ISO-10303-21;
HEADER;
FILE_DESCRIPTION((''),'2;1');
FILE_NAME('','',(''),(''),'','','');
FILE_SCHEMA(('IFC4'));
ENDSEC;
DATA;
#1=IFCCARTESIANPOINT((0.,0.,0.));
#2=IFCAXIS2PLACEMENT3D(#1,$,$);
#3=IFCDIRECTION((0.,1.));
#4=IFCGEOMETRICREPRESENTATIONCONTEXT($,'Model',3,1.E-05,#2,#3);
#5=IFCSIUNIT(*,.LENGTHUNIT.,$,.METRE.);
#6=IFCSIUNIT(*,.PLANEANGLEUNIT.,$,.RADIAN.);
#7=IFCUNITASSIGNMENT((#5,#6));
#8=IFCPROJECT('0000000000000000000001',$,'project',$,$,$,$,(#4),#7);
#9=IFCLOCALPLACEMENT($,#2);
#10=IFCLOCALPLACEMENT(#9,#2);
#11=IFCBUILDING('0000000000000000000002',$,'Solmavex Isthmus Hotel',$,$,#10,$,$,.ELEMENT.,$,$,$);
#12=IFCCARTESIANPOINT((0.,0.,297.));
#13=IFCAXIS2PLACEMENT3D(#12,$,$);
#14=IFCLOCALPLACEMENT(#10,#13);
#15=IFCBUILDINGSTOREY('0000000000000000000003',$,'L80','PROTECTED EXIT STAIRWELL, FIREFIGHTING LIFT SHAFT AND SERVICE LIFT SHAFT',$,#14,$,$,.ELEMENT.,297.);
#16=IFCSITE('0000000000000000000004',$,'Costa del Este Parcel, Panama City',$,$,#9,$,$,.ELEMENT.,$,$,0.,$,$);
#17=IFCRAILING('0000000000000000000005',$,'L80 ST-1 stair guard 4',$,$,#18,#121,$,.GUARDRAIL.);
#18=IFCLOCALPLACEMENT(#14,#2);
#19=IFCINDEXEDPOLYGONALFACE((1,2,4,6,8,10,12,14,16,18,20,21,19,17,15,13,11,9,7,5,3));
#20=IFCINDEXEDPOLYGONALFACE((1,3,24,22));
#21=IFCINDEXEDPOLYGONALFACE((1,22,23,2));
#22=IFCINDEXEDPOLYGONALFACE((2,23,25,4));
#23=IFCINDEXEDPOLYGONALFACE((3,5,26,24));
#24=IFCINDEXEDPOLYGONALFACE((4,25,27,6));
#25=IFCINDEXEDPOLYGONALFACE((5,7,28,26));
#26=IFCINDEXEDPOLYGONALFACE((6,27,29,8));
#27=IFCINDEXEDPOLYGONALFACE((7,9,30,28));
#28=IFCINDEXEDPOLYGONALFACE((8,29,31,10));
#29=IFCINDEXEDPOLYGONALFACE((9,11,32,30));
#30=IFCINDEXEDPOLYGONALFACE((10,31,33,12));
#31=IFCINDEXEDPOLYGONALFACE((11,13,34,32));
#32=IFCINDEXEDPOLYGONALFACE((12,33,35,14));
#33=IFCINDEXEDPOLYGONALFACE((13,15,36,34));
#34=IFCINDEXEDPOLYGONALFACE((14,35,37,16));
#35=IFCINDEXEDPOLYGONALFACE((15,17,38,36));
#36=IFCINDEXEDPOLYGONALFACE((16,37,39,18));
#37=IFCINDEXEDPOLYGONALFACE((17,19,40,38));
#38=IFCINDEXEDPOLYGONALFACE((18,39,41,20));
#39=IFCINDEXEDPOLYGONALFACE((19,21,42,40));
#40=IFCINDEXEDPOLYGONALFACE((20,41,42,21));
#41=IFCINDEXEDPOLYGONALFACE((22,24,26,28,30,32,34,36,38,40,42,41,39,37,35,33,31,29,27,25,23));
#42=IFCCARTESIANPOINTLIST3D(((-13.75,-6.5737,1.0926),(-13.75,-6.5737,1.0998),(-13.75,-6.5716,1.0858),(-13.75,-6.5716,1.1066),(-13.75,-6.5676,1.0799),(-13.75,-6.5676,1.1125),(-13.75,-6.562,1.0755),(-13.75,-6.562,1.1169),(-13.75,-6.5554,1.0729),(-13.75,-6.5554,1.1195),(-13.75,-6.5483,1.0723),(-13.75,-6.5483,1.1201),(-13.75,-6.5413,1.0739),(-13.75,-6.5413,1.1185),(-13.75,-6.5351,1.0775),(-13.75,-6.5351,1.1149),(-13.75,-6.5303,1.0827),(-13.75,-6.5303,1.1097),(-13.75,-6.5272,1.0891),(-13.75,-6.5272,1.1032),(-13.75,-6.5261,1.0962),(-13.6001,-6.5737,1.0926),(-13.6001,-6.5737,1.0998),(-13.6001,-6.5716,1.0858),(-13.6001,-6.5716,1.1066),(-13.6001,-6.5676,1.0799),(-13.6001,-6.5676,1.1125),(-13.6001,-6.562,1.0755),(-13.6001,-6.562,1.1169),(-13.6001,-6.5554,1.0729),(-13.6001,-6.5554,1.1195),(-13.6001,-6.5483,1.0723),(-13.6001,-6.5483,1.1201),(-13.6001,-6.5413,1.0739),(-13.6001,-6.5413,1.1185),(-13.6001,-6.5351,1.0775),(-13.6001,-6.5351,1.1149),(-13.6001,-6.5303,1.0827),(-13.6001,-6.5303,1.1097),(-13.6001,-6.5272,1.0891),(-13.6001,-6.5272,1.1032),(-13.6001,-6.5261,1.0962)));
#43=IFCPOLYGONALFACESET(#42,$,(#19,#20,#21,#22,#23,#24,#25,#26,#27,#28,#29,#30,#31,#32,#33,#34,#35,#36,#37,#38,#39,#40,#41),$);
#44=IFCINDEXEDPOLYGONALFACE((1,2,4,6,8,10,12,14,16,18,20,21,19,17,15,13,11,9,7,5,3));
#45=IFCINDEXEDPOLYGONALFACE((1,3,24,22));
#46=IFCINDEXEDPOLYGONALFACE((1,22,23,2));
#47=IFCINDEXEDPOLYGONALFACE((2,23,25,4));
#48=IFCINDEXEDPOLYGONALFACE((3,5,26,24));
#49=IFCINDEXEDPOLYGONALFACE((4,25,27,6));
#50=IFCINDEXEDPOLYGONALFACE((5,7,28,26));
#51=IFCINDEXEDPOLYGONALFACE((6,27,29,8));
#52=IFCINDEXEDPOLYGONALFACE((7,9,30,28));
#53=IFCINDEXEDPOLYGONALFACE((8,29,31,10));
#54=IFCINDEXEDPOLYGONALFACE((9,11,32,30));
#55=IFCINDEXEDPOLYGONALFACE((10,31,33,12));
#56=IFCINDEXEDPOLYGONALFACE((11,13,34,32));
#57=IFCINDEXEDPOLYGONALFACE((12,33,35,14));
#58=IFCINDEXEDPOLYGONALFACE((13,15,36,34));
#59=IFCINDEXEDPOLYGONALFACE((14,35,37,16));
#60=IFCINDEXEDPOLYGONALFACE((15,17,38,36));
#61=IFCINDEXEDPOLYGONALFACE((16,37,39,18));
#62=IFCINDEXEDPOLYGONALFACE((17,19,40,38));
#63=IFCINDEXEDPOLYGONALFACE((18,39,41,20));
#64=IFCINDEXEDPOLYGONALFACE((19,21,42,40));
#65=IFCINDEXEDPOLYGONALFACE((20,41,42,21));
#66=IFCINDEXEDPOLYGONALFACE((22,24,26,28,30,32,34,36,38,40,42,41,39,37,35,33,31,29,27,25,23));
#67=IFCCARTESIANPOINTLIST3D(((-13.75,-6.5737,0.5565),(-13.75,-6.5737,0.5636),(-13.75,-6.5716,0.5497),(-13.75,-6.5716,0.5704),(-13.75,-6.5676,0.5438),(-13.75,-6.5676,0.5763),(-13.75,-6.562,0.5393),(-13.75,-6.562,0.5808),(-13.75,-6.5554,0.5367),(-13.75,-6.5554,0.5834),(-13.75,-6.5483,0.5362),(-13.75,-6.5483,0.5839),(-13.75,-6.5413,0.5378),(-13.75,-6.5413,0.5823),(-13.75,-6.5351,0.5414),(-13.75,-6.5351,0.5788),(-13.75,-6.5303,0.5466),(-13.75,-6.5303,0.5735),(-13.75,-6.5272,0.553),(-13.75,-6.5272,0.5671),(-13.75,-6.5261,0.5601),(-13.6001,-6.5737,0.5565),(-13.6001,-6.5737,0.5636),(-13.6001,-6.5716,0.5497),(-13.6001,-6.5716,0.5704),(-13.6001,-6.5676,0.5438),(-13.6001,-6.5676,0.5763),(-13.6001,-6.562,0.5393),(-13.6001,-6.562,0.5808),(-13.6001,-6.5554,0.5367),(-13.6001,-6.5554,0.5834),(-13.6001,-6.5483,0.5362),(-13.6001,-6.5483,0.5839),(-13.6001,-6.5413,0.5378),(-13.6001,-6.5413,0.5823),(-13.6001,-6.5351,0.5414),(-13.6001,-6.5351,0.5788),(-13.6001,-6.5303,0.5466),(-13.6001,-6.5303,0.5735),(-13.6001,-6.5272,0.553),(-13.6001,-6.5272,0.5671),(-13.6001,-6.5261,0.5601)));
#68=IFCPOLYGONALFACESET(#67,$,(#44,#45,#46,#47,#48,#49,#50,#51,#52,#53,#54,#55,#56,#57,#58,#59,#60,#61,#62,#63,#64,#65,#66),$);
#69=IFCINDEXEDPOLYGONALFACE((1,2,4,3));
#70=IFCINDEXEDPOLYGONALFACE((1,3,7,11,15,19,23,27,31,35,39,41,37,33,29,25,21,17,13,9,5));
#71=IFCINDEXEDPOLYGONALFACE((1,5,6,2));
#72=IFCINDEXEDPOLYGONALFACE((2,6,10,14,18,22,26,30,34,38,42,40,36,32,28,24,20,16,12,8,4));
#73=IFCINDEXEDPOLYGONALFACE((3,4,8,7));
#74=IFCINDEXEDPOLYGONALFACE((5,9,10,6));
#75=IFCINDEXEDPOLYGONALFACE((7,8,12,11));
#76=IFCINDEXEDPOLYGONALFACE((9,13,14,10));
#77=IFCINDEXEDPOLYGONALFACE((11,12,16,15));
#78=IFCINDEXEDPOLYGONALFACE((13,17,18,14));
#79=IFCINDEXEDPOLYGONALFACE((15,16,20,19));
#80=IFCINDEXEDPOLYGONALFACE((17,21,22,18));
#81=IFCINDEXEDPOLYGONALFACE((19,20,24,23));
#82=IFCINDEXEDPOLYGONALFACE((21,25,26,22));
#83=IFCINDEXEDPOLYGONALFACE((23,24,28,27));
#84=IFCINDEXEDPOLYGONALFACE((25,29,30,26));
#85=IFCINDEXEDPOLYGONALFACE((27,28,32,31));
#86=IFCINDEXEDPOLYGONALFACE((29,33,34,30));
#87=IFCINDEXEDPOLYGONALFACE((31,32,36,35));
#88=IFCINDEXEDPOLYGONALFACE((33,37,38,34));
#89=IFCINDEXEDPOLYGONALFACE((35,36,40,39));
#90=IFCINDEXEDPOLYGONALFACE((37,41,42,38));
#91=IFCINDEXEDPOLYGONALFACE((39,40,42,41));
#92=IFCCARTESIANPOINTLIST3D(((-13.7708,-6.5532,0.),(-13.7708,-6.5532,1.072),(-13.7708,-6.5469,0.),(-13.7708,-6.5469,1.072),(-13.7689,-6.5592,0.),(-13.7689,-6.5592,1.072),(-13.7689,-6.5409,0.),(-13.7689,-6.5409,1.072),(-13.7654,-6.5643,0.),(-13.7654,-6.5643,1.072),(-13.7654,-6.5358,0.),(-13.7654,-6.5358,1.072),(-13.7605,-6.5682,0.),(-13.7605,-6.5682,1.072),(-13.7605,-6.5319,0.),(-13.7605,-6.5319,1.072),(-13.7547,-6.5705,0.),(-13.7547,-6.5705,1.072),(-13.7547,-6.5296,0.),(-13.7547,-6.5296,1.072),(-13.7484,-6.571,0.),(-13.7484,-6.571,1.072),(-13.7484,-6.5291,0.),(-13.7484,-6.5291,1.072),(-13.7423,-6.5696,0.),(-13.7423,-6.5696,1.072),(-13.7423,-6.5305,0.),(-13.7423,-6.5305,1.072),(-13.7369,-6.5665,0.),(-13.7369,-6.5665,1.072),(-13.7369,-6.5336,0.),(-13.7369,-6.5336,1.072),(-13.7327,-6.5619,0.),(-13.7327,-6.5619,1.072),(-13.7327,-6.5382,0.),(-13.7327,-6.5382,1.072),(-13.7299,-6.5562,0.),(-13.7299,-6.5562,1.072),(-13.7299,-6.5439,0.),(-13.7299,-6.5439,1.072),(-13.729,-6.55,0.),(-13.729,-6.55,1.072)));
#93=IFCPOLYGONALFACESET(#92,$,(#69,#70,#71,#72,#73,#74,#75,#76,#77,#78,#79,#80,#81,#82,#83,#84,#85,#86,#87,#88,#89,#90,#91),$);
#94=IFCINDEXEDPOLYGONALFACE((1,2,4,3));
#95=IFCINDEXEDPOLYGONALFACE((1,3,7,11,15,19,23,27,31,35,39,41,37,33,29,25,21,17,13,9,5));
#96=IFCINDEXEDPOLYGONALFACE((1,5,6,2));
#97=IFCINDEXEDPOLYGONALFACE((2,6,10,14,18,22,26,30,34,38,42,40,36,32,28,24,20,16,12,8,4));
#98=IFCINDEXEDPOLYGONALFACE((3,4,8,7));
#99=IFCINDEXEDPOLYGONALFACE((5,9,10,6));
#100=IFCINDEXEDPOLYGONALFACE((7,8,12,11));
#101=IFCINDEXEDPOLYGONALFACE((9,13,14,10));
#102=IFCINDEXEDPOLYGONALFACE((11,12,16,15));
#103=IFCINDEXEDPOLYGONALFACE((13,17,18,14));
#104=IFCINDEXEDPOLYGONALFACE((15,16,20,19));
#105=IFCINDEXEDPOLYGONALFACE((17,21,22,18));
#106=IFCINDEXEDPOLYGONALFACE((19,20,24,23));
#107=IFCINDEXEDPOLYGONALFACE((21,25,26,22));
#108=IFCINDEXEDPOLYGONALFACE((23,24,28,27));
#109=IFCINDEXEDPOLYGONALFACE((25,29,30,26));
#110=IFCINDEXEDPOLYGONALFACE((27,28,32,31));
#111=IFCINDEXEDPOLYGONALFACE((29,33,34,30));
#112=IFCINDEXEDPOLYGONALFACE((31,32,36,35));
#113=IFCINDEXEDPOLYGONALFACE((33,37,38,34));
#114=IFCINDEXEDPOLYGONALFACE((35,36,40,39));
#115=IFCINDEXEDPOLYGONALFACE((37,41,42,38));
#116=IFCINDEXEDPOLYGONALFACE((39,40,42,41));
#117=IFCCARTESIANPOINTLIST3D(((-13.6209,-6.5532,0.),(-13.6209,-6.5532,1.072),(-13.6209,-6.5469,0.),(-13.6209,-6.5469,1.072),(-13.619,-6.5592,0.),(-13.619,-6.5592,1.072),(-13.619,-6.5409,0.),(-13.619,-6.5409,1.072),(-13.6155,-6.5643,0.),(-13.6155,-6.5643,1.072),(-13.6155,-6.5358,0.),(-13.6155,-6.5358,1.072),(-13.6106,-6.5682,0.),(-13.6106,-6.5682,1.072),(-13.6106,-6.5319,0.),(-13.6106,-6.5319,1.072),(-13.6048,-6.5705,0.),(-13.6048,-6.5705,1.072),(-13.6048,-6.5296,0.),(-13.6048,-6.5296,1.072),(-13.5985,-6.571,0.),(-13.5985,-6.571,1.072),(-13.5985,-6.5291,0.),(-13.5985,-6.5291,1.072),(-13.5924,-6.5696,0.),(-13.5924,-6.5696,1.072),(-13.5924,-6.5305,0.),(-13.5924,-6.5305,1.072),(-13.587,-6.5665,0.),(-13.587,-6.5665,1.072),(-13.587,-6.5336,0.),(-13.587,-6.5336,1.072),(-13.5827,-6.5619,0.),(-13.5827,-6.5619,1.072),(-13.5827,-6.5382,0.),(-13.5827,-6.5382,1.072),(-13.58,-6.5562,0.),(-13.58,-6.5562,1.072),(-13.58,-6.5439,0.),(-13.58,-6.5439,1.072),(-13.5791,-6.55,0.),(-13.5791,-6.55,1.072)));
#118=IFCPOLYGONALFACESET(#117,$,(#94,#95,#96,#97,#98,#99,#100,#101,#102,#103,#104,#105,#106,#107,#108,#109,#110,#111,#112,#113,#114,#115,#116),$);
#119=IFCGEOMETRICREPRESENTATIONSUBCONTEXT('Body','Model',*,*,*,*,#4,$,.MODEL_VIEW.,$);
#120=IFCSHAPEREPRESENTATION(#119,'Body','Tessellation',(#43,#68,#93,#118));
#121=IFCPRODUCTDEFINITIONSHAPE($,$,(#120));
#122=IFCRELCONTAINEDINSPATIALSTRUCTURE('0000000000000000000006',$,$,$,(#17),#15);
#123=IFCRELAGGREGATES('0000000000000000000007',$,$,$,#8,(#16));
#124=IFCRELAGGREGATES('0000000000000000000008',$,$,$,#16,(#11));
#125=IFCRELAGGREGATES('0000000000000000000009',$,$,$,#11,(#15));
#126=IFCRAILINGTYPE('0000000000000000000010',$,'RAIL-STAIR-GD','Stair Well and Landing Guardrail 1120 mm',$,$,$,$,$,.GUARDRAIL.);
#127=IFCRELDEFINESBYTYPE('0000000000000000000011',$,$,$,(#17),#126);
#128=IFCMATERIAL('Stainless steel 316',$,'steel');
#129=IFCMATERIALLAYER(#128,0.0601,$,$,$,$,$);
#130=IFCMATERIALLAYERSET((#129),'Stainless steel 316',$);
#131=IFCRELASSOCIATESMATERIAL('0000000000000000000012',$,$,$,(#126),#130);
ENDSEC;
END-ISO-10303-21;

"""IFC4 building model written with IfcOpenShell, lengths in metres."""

from ifc_helpers import new_model, si_unit, direction, frame, origin, origin_2d, place, context, subcontext, project, spatial, circle, extrude, material, layer, layer_set, type_object, element, save


model = new_model("IFC4")

# Units and contexts
model_context = context("Model", 3, precision=1e-05, world=origin(), true_north=direction((0.0, 1.0)))
body_context = subcontext(model_context, "Body", "Model", "MODEL_VIEW")
ifc_project = project(units=[si_unit("LENGTHUNIT", "METRE"), si_unit("PLANEANGLEUNIT", "RADIAN")], contexts=[model_context])

# Site, building, storey
site_placement = place(None, origin())
site = spatial("IfcSite", under=ifc_project, at=site_placement, Name="Costa del Este Parcel, Panama City", CompositionType="ELEMENT", RefElevation=0.0)
building_placement = place(site_placement, origin())
building = spatial("IfcBuilding", under=site, at=building_placement, Name="Solmavex Isthmus Hotel", CompositionType="ELEMENT")
storey_placement = place(building_placement, frame((0.0, 0.0, 297.0)))
storey = spatial("IfcBuildingStorey", under=building, at=storey_placement, Name="L80", Description="PROTECTED EXIT STAIRWELL, FIREFIGHTING LIFT SHAFT AND SERVICE LIFT SHAFT", CompositionType="ELEMENT", Elevation=297.0)

# Shared definitions
ifc_material_1 = material(Name="Stainless steel 316", Category="steel")

# Railing
ifc_layer_1 = layer(ifc_material_1, 0.0601)
ifc_layer_set_1 = layer_set([ifc_layer_1], Name="Stainless steel 316")
railing_type_1 = type_object("IfcRailingType", Name="RAIL-STAIR-GD", Description="Stair Well and Landing Guardrail 1120 mm", PredefinedType="GUARDRAIL", material=ifc_layer_set_1)
railing_1_placement = place(storey_placement, frame((-13.75, -6.55, 0.0)))
element("IfcRailing", 1, at=railing_1_placement, inside=storey, type_object=railing_type_1, Name="L80 ST-1 stair guard 4", PredefinedType="GUARDRAIL", context=body_context, shape_type="SweptSolid", body=[
    extrude(circle(Radius=0.0239, at=origin_2d()), frame((0.0, 0.0, 1.0962), z_axis=(1.0, 0.0, 0.0), x_axis=(0.0, 1.0, 0.0)), (0.0, 0.0, 1.0), 0.1499),
    extrude(circle(Radius=0.0239, at=origin_2d()), frame((0.0, 0.0, 0.5601), z_axis=(1.0, 0.0, 0.0), x_axis=(0.0, 1.0, 0.0)), (0.0, 0.0, 1.0), 0.1499),
    extrude(circle(Radius=0.021, at=origin_2d()), origin(), (0.0, 0.0, 1.0), 1.072),
    extrude(circle(Radius=0.021, at=origin_2d()), frame((0.1499, 0.0, 0.0)), (0.0, 0.0, 1.0), 1.072),
])

save(model, "model.ifc")
